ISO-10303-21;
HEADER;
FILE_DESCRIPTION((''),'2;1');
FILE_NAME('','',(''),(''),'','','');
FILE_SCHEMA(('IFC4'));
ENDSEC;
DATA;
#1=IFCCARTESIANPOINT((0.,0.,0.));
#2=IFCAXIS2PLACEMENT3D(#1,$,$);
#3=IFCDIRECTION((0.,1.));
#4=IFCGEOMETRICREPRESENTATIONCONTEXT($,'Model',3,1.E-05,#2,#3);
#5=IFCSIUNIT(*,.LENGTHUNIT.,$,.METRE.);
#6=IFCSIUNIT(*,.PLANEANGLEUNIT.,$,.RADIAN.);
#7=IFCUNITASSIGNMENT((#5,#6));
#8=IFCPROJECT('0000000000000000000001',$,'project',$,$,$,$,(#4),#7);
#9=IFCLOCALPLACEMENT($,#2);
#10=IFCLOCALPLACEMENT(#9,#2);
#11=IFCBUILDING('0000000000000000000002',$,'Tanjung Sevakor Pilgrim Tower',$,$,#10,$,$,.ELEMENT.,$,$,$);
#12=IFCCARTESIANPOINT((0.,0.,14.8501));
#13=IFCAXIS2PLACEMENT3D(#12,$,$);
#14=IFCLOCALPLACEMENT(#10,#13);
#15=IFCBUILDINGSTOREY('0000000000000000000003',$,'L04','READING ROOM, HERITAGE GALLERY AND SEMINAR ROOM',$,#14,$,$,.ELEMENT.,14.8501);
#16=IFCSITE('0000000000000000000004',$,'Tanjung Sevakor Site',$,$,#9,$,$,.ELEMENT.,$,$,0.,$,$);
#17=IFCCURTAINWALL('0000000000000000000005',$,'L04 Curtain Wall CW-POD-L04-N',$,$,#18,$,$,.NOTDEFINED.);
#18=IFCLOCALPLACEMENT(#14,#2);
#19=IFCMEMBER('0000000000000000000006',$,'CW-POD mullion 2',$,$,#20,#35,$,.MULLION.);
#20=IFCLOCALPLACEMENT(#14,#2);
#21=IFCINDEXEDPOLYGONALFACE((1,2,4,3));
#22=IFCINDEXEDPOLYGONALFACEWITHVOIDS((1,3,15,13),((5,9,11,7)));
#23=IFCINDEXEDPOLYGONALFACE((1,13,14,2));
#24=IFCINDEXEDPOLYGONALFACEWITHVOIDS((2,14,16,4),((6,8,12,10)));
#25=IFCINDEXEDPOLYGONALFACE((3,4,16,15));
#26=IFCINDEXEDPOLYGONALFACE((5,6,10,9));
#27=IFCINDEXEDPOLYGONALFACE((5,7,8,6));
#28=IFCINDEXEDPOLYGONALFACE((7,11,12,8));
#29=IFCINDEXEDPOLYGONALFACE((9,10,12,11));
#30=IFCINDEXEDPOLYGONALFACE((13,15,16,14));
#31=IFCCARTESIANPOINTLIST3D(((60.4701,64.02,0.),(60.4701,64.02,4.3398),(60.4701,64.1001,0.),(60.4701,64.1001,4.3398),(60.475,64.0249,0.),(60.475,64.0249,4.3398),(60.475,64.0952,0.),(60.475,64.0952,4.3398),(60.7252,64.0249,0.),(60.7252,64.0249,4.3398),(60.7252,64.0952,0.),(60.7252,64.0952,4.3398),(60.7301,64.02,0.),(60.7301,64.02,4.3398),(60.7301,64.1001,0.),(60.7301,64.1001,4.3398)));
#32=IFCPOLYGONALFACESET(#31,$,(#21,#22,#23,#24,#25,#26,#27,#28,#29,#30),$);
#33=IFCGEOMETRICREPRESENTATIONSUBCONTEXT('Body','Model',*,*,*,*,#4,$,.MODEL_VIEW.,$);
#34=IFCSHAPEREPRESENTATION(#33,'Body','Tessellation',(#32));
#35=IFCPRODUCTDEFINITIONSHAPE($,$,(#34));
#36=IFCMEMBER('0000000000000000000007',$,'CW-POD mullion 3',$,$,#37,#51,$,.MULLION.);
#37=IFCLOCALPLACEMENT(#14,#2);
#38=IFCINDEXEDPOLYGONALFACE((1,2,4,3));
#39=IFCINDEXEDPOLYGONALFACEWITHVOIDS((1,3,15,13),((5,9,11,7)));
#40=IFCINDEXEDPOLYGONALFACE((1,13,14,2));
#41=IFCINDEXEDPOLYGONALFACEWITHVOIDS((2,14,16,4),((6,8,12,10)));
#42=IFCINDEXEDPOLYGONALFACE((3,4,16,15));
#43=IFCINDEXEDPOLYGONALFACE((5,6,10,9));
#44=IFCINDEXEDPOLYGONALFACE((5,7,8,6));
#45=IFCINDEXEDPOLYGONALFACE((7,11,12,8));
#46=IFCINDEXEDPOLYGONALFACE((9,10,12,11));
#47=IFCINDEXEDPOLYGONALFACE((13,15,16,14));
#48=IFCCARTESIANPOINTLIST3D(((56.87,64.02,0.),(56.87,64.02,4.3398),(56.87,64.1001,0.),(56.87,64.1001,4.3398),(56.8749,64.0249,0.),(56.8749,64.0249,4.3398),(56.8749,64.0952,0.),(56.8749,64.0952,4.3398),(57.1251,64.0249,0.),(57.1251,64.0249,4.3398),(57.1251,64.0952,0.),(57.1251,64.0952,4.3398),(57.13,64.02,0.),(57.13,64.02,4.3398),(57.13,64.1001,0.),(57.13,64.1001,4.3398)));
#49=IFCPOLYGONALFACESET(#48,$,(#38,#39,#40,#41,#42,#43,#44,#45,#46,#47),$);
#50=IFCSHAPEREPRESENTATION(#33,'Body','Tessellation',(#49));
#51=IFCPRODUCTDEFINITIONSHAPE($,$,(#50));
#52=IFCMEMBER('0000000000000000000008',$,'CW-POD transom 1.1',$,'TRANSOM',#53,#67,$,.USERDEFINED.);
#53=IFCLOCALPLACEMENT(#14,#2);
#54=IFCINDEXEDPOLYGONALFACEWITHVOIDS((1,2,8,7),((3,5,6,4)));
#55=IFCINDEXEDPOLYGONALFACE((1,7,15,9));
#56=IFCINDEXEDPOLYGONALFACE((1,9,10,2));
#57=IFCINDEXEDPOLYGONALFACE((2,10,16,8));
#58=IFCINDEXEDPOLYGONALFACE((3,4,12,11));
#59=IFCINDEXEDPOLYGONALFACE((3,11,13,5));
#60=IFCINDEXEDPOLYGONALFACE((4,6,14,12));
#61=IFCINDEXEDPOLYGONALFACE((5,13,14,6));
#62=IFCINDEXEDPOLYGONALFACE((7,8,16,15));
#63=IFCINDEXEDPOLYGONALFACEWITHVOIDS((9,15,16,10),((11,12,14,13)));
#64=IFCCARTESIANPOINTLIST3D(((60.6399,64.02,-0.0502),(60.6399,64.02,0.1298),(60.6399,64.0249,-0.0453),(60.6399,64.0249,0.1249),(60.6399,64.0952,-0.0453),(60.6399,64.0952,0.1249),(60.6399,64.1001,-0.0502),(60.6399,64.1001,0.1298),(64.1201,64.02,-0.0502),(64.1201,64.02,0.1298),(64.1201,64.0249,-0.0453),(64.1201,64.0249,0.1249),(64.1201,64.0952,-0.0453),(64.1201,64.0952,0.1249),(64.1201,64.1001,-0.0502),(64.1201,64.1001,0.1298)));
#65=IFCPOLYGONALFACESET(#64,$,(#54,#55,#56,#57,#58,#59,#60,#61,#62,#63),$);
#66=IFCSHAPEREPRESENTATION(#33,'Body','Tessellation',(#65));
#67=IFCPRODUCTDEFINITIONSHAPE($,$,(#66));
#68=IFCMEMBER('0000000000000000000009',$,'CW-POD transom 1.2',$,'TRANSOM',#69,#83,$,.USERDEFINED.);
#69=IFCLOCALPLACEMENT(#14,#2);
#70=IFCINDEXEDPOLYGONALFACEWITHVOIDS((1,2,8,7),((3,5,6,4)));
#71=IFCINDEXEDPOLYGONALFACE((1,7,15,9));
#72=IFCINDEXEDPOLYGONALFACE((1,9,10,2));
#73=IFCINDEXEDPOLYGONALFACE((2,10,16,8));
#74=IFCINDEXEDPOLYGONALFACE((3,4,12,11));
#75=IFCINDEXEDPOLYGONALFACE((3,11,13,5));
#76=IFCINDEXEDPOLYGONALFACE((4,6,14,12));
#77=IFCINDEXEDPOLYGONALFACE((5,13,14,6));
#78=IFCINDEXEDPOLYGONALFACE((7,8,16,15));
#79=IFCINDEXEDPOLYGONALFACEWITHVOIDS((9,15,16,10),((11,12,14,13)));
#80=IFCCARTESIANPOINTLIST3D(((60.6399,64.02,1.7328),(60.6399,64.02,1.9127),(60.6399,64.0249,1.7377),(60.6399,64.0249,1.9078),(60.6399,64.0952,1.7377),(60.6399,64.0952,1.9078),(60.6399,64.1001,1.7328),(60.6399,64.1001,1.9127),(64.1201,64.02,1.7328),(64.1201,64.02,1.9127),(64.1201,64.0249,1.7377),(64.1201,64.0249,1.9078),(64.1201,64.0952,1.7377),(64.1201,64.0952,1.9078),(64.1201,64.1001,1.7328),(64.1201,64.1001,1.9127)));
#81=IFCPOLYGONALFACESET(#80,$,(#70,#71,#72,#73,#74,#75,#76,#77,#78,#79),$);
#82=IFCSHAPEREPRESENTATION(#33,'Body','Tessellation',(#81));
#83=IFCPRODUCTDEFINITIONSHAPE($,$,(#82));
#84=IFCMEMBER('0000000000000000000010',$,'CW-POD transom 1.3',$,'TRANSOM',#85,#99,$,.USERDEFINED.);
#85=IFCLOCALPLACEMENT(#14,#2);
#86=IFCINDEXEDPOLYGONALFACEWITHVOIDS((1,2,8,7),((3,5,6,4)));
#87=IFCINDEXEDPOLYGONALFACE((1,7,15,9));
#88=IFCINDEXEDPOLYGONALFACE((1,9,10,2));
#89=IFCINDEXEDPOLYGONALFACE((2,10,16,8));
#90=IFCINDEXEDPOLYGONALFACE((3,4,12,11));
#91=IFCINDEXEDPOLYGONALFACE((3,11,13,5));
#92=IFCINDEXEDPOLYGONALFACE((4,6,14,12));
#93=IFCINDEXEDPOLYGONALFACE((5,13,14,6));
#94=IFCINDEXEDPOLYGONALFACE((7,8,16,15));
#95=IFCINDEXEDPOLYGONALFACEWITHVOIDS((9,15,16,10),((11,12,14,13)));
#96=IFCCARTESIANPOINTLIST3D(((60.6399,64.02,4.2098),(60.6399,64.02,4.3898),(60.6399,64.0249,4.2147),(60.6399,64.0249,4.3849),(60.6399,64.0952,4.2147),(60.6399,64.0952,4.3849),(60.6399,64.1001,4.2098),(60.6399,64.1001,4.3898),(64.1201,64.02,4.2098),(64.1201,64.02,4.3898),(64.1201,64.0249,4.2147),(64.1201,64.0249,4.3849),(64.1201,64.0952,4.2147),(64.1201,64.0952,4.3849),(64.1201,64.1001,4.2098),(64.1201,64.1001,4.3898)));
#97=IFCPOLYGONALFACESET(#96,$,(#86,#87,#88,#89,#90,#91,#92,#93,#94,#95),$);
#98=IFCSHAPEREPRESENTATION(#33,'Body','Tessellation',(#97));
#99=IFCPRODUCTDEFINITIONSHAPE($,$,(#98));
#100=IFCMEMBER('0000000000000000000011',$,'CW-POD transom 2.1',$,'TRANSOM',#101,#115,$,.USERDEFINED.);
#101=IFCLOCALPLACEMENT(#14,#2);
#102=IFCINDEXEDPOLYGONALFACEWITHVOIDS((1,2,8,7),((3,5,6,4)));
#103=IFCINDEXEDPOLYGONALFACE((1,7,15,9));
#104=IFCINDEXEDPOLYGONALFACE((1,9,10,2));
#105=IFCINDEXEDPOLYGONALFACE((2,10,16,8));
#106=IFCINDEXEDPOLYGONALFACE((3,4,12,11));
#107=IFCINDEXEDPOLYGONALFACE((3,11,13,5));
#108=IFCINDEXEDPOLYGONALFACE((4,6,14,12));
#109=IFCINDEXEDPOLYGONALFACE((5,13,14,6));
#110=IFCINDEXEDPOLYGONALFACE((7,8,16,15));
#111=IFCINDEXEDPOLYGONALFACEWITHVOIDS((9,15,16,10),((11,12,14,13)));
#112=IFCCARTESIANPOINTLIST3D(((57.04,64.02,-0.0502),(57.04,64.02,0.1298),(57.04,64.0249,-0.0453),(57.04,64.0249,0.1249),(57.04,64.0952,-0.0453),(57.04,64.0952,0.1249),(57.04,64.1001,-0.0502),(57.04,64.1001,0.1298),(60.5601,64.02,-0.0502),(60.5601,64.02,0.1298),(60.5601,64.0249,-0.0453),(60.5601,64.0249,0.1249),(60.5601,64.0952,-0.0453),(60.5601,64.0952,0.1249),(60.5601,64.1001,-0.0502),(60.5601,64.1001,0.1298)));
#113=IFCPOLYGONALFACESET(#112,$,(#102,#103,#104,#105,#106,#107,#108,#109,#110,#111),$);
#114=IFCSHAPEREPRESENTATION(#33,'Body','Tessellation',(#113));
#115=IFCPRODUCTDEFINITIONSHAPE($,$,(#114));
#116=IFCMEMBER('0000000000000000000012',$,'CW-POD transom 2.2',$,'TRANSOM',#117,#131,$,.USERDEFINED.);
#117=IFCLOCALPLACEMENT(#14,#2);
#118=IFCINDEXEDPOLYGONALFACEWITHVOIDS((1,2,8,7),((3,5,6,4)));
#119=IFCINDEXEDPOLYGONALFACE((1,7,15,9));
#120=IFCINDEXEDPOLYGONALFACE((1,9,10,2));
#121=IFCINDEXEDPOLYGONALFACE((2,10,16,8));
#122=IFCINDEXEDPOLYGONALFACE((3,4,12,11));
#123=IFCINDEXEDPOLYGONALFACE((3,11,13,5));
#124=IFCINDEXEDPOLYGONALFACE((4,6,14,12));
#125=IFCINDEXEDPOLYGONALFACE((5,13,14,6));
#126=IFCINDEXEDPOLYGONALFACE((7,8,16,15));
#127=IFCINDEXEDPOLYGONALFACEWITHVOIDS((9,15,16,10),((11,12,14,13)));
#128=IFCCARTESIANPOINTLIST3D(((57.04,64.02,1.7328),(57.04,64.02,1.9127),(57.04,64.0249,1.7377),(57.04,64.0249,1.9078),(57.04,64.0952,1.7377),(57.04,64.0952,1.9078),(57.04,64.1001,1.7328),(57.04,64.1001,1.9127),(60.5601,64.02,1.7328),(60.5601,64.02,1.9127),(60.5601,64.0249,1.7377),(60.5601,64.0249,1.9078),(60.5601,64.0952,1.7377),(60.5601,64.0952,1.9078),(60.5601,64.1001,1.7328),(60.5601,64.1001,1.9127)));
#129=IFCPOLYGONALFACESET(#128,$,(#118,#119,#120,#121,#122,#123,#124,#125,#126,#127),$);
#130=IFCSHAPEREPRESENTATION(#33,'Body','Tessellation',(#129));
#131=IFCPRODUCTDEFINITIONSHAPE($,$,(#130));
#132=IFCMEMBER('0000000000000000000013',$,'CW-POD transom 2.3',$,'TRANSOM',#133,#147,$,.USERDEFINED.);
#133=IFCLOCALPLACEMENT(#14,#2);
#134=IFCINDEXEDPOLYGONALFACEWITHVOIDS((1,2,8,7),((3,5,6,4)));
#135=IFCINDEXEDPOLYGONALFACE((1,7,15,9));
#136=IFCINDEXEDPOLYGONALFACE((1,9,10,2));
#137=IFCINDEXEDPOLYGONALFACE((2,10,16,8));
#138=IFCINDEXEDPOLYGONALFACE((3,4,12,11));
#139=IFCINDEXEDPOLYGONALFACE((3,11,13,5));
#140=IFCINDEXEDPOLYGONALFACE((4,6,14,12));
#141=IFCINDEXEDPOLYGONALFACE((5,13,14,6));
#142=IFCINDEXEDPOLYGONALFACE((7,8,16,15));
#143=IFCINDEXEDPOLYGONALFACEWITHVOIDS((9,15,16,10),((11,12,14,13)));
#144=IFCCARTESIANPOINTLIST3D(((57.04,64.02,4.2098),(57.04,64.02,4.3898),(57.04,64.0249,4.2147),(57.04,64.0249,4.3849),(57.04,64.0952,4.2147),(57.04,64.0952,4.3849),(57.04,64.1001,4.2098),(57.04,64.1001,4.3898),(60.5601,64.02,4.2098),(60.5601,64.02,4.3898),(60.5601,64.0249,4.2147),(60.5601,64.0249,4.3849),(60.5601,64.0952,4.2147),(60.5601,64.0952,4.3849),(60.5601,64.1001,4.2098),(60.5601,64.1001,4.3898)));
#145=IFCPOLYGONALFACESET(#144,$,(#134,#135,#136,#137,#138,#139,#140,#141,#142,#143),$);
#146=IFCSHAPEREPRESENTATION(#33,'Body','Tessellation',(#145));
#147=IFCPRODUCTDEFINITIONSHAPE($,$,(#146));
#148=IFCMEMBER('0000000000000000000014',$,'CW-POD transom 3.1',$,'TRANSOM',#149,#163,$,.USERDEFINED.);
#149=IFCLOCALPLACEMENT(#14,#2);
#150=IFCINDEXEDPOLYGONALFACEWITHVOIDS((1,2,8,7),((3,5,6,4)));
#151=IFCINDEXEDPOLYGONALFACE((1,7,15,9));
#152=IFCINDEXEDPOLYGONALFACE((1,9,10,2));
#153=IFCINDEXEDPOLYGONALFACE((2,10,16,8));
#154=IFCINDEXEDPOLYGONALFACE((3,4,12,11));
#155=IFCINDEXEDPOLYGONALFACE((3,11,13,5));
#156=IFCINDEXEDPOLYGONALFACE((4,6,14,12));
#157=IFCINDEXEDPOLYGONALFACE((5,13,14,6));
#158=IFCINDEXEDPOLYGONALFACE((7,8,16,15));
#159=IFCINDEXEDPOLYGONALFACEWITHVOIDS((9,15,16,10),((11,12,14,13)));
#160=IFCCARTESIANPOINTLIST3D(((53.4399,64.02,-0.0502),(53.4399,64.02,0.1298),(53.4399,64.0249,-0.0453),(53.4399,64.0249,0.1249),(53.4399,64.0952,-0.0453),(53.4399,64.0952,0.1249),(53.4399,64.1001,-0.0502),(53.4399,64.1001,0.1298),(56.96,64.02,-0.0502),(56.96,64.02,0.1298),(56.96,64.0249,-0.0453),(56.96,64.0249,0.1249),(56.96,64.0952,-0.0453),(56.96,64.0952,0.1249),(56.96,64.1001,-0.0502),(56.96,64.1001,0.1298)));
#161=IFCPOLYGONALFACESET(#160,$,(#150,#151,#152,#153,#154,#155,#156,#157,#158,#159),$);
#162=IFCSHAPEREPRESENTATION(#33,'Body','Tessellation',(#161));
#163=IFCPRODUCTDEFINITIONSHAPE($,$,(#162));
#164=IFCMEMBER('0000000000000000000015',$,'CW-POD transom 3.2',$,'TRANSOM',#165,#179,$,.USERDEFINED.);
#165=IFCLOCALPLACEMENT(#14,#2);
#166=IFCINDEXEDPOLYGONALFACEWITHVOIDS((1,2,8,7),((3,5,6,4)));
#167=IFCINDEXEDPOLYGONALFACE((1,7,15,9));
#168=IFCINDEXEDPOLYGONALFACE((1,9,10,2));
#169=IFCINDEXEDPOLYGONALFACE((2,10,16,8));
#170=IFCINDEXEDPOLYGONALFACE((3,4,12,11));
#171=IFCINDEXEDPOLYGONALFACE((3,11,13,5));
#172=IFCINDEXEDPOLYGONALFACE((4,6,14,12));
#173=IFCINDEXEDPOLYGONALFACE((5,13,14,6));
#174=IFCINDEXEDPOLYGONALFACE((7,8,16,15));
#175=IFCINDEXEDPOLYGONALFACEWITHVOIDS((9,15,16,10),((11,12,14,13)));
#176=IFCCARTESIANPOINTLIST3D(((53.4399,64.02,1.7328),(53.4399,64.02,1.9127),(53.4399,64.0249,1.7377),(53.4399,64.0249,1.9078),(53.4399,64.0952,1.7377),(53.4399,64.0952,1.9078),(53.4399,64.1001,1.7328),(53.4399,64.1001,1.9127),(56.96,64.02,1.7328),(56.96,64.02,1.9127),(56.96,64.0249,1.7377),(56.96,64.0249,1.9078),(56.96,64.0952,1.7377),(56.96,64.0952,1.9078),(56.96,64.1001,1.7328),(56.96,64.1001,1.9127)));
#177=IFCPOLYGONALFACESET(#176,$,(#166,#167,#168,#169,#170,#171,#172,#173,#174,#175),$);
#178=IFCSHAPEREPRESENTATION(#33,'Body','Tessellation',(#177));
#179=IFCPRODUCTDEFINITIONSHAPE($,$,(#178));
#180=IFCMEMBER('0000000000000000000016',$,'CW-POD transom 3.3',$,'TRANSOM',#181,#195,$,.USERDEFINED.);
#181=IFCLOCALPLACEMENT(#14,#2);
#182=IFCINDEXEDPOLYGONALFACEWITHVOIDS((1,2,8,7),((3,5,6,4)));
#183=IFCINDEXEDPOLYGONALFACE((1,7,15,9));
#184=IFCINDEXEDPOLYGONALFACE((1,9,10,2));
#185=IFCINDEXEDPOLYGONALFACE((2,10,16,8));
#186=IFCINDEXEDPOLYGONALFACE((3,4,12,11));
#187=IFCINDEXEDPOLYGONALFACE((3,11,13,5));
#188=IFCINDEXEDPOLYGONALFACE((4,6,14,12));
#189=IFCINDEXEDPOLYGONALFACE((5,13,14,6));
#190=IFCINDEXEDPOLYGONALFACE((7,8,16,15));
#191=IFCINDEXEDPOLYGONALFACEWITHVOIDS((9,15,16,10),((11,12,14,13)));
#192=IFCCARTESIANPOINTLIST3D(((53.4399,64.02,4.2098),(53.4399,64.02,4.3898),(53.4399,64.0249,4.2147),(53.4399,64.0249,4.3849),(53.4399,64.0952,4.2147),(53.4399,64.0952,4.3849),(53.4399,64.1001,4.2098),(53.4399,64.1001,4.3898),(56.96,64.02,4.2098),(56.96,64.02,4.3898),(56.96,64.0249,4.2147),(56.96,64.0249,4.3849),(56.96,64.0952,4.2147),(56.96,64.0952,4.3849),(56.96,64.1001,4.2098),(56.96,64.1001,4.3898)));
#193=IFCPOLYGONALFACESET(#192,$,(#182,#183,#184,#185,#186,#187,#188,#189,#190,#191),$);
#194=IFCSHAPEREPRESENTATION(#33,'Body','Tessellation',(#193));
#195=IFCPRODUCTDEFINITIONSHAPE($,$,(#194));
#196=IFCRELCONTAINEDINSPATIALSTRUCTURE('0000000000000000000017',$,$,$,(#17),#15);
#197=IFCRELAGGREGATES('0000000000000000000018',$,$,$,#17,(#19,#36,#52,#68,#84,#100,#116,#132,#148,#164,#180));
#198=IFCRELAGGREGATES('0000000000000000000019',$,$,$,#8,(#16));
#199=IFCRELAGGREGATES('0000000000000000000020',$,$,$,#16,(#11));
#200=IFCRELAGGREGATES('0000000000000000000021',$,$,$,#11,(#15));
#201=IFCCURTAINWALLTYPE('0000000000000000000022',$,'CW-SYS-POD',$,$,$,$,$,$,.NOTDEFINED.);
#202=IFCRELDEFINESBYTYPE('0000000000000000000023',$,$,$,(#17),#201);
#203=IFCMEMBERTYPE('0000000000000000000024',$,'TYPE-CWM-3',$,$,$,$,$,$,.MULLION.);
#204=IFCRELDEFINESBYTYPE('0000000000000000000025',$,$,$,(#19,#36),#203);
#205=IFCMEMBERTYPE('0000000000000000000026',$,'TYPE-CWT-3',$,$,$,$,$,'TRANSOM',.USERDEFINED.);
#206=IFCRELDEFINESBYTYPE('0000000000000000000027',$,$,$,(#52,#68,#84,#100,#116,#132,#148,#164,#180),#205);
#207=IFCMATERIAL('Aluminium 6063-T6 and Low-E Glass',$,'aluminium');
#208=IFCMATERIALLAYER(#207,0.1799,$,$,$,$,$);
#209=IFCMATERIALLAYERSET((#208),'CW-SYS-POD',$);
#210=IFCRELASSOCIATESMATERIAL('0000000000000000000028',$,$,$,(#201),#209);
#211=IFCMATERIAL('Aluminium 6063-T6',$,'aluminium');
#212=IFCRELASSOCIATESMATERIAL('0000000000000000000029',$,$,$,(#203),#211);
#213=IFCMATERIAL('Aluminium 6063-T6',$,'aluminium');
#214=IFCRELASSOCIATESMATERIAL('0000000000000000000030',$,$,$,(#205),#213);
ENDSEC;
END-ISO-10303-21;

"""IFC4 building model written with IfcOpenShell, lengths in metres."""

from ifc_helpers import new_model, si_unit, direction, frame, origin, origin_2d, place, context, subcontext, project, spatial, hollow_rectangle, extrude, material, layer, layer_set, material_profile, profile_set, type_object, element, aggregate, save


model = new_model("IFC4")

# Units and contexts
model_context = context("Model", 3, precision=1e-05, world=origin(), true_north=direction((0.0, 1.0)))
body_context = subcontext(model_context, "Body", "Model", "MODEL_VIEW")
ifc_project = project(units=[si_unit("LENGTHUNIT", "METRE"), si_unit("PLANEANGLEUNIT", "RADIAN")], contexts=[model_context])

# Site, building, storey
site_placement = place(None, origin())
site = spatial("IfcSite", under=ifc_project, at=site_placement, Name="Tanjung Sevakor Site", CompositionType="ELEMENT", RefElevation=0.0)
building_placement = place(site_placement, origin())
building = spatial("IfcBuilding", under=site, at=building_placement, Name="Tanjung Sevakor Pilgrim Tower", CompositionType="ELEMENT")
storey_placement = place(building_placement, frame((0.0, 0.0, 14.8501)))
storey = spatial("IfcBuildingStorey", under=building, at=storey_placement, Name="L04", Description="READING ROOM, HERITAGE GALLERY AND SEMINAR ROOM", CompositionType="ELEMENT", Elevation=14.8501)

# Curtain wall, members
ifc_material_1 = material(Name="Aluminium 6063-T6 and Low-E Glass", Category="aluminium")
ifc_layer_1 = layer(ifc_material_1, 0.1799)
ifc_layer_set_1 = layer_set([ifc_layer_1], Name="CW-SYS-POD")
curtain_wall_type = type_object("IfcCurtainWallType", Name="CW-SYS-POD", PredefinedType="NOTDEFINED", material=ifc_layer_set_1)
curtain_wall_placement = place(storey_placement, origin())
curtain_wall = element("IfcCurtainWall", 1, at=curtain_wall_placement, inside=storey, type_object=curtain_wall_type, Name="L04 Curtain Wall CW-POD-L04-N", PredefinedType="NOTDEFINED")
ifc_material_2 = material(Name="Aluminium 6063-T6", Category="aluminium")
ifc_material_profile_1 = material_profile(ifc_material_2, hollow_rectangle(XDim=0.0801, YDim=0.26, WallThickness=0.0049, at=origin_2d()))
ifc_profile_set_1 = profile_set([ifc_material_profile_1], Name="Aluminium 6063-T6")
member_type_1 = type_object("IfcMemberType", Name="TYPE-CWM-3", PredefinedType="MULLION", material=ifc_profile_set_1)
member_1_placement = place(storey_placement, frame((60.6001, 64.0601, 0.0), z_axis=(0.0, 0.0, 1.0), x_axis=(0.0, -1.0, 0.0)))
member_1 = element("IfcMember", 2, at=member_1_placement, type_object=member_type_1, Name="CW-POD mullion 2", PredefinedType="MULLION", context=body_context, shape_type="SweptSolid", body=[
    extrude(hollow_rectangle(XDim=0.0801, YDim=0.26, WallThickness=0.0049, at=origin_2d()), origin(), (0.0, 0.0, 1.0), 4.3398),
])
member_2_placement = place(storey_placement, frame((57.0, 64.0601, 0.0), z_axis=(0.0, 0.0, 1.0), x_axis=(0.0, -1.0, 0.0)))
member_2 = element("IfcMember", 3, at=member_2_placement, type_object=member_type_1, Name="CW-POD mullion 3", PredefinedType="MULLION", context=body_context, shape_type="SweptSolid", body=[
    extrude(hollow_rectangle(XDim=0.0801, YDim=0.26, WallThickness=0.0049, at=origin_2d()), origin(), (0.0, 0.0, 1.0), 4.3398),
])
ifc_material_3 = material(Name="Aluminium 6063-T6", Category="aluminium")
ifc_material_profile_2 = material_profile(ifc_material_3, hollow_rectangle(XDim=0.0801, YDim=0.1799, WallThickness=0.0049, at=origin_2d()))
ifc_profile_set_2 = profile_set([ifc_material_profile_2], Name="Aluminium 6063-T6")
member_type_2 = type_object("IfcMemberType", Name="TYPE-CWT-3", ElementType="TRANSOM", PredefinedType="USERDEFINED", material=ifc_profile_set_2)
member_3_placement = place(storey_placement, frame((64.1201, 64.0601, 0.0398), z_axis=(-1.0, 0.0, 0.0), x_axis=(0.0, -1.0, 0.0)))
member_3 = element("IfcMember", 4, at=member_3_placement, type_object=member_type_2, Name="CW-POD transom 1.1", ObjectType="TRANSOM", PredefinedType="USERDEFINED", context=body_context, shape_type="SweptSolid", body=[
    extrude(hollow_rectangle(XDim=0.0801, YDim=0.1799, WallThickness=0.0049, at=origin_2d()), origin(), (0.0, 0.0, 1.0), 3.4802),
])
member_4_placement = place(storey_placement, frame((64.1201, 64.0601, 1.8228), z_axis=(-1.0, 0.0, 0.0), x_axis=(0.0, -1.0, 0.0)))
member_4 = element("IfcMember", 5, at=member_4_placement, type_object=member_type_2, Name="CW-POD transom 1.2", ObjectType="TRANSOM", PredefinedType="USERDEFINED", context=body_context, shape_type="SweptSolid", body=[
    extrude(hollow_rectangle(XDim=0.0801, YDim=0.1799, WallThickness=0.0049, at=origin_2d()), origin(), (0.0, 0.0, 1.0), 3.4802),
])
member_5_placement = place(storey_placement, frame((64.1201, 64.0601, 4.2998), z_axis=(-1.0, 0.0, 0.0), x_axis=(0.0, -1.0, 0.0)))
member_5 = element("IfcMember", 6, at=member_5_placement, type_object=member_type_2, Name="CW-POD transom 1.3", ObjectType="TRANSOM", PredefinedType="USERDEFINED", context=body_context, shape_type="SweptSolid", body=[
    extrude(hollow_rectangle(XDim=0.0801, YDim=0.1799, WallThickness=0.0049, at=origin_2d()), origin(), (0.0, 0.0, 1.0), 3.4802),
])
member_6_placement = place(storey_placement, frame((60.5601, 64.0601, 0.0398), z_axis=(-1.0, 0.0, 0.0), x_axis=(0.0, -1.0, 0.0)))
member_6 = element("IfcMember", 7, at=member_6_placement, type_object=member_type_2, Name="CW-POD transom 2.1", ObjectType="TRANSOM", PredefinedType="USERDEFINED", context=body_context, shape_type="SweptSolid", body=[
    extrude(hollow_rectangle(XDim=0.0801, YDim=0.1799, WallThickness=0.0049, at=origin_2d()), origin(), (0.0, 0.0, 1.0), 3.52),
])
member_7_placement = place(storey_placement, frame((60.5601, 64.0601, 1.8228), z_axis=(-1.0, 0.0, 0.0), x_axis=(0.0, -1.0, 0.0)))
member_7 = element("IfcMember", 8, at=member_7_placement, type_object=member_type_2, Name="CW-POD transom 2.2", ObjectType="TRANSOM", PredefinedType="USERDEFINED", context=body_context, shape_type="SweptSolid", body=[
    extrude(hollow_rectangle(XDim=0.0801, YDim=0.1799, WallThickness=0.0049, at=origin_2d()), origin(), (0.0, 0.0, 1.0), 3.52),
])
member_8_placement = place(storey_placement, frame((60.5601, 64.0601, 4.2998), z_axis=(-1.0, 0.0, 0.0), x_axis=(0.0, -1.0, 0.0)))
member_8 = element("IfcMember", 9, at=member_8_placement, type_object=member_type_2, Name="CW-POD transom 2.3", ObjectType="TRANSOM", PredefinedType="USERDEFINED", context=body_context, shape_type="SweptSolid", body=[
    extrude(hollow_rectangle(XDim=0.0801, YDim=0.1799, WallThickness=0.0049, at=origin_2d()), origin(), (0.0, 0.0, 1.0), 3.52),
])
member_9_placement = place(storey_placement, frame((56.96, 64.0601, 0.0398), z_axis=(-1.0, 0.0, 0.0), x_axis=(0.0, -1.0, 0.0)))
member_9 = element("IfcMember", 10, at=member_9_placement, type_object=member_type_2, Name="CW-POD transom 3.1", ObjectType="TRANSOM", PredefinedType="USERDEFINED", context=body_context, shape_type="SweptSolid", body=[
    extrude(hollow_rectangle(XDim=0.0801, YDim=0.1799, WallThickness=0.0049, at=origin_2d()), origin(), (0.0, 0.0, 1.0), 3.52),
])
member_10_placement = place(storey_placement, frame((56.96, 64.0601, 1.8228), z_axis=(-1.0, 0.0, 0.0), x_axis=(0.0, -1.0, 0.0)))
member_10 = element("IfcMember", 11, at=member_10_placement, type_object=member_type_2, Name="CW-POD transom 3.2", ObjectType="TRANSOM", PredefinedType="USERDEFINED", context=body_context, shape_type="SweptSolid", body=[
    extrude(hollow_rectangle(XDim=0.0801, YDim=0.1799, WallThickness=0.0049, at=origin_2d()), origin(), (0.0, 0.0, 1.0), 3.52),
])
member_11_placement = place(storey_placement, frame((56.96, 64.0601, 4.2998), z_axis=(-1.0, 0.0, 0.0), x_axis=(0.0, -1.0, 0.0)))
member_11 = element("IfcMember", 12, at=member_11_placement, type_object=member_type_2, Name="CW-POD transom 3.3", ObjectType="TRANSOM", PredefinedType="USERDEFINED", context=body_context, shape_type="SweptSolid", body=[
    extrude(hollow_rectangle(XDim=0.0801, YDim=0.1799, WallThickness=0.0049, at=origin_2d()), origin(), (0.0, 0.0, 1.0), 3.52),
])
aggregate(curtain_wall, [member_1, member_2, member_3, member_4, member_5, member_6, member_7, member_8, member_9, member_10, member_11])

save(model, "model.ifc")
